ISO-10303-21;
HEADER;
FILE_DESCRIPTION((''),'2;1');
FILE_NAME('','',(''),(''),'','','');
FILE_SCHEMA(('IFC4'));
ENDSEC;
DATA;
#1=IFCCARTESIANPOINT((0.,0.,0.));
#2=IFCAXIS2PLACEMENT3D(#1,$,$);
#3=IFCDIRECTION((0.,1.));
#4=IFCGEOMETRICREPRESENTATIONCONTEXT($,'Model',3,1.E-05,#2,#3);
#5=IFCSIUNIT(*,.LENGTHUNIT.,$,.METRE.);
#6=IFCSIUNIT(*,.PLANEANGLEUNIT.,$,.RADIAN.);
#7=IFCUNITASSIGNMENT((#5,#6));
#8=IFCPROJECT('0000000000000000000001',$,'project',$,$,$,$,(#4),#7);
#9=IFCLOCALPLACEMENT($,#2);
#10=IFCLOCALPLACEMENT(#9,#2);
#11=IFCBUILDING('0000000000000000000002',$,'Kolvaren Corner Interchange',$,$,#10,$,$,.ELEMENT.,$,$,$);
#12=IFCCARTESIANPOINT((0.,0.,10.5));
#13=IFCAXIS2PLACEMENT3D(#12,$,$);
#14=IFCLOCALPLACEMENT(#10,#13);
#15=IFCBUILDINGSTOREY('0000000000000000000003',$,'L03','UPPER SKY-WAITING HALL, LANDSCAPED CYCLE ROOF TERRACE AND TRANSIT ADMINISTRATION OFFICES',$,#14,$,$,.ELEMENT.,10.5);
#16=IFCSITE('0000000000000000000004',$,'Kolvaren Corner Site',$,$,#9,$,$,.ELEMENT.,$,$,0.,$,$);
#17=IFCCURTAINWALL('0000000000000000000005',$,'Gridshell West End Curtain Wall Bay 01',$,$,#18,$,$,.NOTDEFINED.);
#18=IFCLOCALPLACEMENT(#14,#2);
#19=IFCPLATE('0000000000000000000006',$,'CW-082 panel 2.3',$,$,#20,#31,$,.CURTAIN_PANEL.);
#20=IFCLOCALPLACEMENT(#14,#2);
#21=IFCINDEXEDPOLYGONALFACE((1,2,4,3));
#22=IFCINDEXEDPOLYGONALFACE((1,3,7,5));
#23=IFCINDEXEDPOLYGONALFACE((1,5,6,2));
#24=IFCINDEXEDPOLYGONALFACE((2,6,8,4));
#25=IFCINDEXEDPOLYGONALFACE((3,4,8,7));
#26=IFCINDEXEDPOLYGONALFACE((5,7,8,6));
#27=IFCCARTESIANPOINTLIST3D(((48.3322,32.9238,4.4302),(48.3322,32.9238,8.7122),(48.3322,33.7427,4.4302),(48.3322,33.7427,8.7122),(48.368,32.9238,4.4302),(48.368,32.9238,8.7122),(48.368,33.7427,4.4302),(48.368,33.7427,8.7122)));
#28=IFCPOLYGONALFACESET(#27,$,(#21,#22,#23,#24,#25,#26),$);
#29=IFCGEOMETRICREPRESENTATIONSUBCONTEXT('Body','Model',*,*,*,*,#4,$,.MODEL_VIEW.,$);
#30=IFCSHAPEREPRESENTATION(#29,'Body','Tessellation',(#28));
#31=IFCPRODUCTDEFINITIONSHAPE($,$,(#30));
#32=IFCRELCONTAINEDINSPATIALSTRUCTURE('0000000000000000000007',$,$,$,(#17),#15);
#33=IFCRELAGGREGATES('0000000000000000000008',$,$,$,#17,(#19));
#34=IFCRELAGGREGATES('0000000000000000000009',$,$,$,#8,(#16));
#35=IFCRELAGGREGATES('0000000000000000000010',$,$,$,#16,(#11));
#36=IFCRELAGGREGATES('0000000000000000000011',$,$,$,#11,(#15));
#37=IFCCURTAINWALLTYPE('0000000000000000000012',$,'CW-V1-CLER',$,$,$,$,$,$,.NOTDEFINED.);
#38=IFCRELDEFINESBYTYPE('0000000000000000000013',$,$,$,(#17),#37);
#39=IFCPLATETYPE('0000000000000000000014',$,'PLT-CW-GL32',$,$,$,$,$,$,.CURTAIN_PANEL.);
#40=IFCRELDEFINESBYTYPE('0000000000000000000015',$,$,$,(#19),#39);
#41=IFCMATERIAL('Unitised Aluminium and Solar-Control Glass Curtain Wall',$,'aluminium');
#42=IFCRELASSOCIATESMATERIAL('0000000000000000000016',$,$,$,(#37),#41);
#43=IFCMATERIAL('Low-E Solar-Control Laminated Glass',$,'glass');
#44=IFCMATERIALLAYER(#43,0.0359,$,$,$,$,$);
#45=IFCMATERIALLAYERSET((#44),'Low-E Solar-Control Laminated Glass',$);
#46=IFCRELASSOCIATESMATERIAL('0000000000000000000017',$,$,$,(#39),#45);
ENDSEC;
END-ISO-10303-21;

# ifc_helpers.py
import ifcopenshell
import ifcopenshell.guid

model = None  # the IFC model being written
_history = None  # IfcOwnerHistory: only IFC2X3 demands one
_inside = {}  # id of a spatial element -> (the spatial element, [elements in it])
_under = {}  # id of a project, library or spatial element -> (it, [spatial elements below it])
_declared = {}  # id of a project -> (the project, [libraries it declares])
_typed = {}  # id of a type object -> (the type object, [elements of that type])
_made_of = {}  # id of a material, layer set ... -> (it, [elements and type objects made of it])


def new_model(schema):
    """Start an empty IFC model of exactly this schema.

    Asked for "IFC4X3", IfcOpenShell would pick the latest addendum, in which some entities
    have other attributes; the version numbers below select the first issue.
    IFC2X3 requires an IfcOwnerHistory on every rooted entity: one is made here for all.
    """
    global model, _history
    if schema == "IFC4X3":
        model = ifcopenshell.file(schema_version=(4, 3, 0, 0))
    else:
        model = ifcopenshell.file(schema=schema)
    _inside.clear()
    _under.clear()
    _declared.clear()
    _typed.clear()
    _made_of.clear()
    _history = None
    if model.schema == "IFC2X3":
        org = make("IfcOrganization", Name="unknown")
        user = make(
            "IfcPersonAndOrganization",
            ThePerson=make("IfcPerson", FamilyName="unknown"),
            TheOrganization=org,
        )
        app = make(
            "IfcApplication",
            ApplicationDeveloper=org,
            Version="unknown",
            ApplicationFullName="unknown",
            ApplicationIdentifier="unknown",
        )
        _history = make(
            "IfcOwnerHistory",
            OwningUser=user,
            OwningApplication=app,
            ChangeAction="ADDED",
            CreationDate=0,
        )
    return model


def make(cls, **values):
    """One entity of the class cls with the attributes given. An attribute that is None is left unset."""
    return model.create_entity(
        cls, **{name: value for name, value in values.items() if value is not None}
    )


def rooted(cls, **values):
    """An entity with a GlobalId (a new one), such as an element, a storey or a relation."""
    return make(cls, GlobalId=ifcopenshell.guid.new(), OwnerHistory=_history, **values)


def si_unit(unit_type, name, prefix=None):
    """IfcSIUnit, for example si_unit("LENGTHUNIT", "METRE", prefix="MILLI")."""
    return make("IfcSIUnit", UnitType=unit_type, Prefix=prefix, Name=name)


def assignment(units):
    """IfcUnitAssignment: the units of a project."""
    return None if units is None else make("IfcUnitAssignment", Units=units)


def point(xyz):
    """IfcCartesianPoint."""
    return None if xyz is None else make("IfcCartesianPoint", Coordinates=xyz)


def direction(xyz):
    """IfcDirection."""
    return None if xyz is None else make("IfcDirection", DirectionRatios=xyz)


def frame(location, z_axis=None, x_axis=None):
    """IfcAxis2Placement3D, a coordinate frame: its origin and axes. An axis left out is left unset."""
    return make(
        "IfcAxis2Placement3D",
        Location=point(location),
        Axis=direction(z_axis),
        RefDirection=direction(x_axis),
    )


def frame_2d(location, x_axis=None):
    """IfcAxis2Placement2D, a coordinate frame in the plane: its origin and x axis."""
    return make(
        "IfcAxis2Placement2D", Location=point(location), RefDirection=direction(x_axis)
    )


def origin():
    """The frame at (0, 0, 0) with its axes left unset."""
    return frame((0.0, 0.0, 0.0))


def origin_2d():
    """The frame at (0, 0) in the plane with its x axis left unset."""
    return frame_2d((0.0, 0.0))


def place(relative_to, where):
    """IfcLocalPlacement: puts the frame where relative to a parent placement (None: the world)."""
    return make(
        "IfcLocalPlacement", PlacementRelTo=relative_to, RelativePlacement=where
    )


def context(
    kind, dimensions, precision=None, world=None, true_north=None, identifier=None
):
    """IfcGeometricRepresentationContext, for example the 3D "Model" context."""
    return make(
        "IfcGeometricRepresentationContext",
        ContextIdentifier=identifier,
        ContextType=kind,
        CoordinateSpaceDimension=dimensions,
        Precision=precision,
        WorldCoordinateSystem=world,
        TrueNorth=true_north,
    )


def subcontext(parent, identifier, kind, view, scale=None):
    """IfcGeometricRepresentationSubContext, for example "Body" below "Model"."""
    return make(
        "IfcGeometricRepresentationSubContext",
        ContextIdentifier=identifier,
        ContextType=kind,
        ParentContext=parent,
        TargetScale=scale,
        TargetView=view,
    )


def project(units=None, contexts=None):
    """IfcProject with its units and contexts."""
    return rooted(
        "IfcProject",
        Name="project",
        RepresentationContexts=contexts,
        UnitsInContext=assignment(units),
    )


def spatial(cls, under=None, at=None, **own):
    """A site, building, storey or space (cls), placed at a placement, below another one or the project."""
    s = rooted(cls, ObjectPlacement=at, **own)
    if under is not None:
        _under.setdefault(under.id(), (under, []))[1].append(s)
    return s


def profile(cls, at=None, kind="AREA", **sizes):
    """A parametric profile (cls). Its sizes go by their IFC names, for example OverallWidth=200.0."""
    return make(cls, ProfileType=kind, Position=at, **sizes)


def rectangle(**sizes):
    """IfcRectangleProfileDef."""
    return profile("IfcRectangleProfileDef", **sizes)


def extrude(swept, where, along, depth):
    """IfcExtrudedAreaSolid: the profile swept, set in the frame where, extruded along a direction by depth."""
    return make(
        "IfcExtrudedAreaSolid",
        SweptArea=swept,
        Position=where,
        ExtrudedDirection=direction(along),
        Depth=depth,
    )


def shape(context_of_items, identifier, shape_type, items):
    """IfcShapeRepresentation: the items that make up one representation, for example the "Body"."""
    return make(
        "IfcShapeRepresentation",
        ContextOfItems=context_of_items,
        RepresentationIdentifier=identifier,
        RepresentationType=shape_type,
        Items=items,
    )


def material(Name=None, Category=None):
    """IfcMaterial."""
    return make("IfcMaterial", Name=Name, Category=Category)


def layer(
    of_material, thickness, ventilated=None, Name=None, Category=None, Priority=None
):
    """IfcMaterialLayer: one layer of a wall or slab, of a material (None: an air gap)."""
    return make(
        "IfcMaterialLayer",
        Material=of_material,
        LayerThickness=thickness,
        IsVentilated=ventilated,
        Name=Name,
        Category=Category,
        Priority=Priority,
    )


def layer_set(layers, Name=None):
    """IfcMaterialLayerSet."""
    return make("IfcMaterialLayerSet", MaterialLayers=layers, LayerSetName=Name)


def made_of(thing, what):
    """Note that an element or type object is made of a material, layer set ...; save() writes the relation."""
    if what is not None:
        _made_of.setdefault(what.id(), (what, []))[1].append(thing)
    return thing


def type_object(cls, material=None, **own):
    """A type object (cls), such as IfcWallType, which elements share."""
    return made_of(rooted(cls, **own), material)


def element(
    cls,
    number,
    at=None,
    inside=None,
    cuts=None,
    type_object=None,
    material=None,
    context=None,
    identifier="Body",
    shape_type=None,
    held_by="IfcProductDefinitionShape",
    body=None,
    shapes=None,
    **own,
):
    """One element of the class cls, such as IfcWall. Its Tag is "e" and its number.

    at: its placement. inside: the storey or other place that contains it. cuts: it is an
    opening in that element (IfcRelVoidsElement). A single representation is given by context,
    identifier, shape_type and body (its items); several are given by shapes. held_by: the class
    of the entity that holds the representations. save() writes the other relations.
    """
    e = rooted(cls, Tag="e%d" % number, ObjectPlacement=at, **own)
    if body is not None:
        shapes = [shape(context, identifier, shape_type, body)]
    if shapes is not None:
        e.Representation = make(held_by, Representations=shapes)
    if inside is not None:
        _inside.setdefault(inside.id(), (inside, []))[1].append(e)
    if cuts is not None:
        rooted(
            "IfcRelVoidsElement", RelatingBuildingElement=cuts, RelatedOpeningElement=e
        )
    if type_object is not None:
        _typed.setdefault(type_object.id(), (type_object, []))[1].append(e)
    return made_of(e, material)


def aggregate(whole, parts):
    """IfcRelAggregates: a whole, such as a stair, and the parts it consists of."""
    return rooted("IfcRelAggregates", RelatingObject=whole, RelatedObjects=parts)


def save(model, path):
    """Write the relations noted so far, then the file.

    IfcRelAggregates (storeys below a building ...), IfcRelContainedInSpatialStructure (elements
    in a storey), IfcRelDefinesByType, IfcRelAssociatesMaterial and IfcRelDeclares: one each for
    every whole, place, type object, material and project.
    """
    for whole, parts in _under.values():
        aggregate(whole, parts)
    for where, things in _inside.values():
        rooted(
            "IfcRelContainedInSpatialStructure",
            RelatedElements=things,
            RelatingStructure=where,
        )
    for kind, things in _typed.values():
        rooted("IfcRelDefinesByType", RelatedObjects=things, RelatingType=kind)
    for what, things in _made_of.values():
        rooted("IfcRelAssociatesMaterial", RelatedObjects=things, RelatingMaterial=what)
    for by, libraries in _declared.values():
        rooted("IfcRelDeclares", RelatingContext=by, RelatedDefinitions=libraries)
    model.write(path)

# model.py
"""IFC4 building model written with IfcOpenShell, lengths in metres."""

from ifc_helpers import new_model, si_unit, direction, frame, origin, origin_2d, place, context, subcontext, project, spatial, rectangle, extrude, material, layer, layer_set, type_object, element, aggregate, save


model = new_model("IFC4")

# Units and contexts
model_context = context("Model", 3, precision=1e-05, world=origin(), true_north=direction((0.0, 1.0)))
body_context = subcontext(model_context, "Body", "Model", "MODEL_VIEW")
ifc_project = project(units=[si_unit("LENGTHUNIT", "METRE"), si_unit("PLANEANGLEUNIT", "RADIAN")], contexts=[model_context])

# Site, building, storey
site_placement = place(None, origin())
site = spatial("IfcSite", under=ifc_project, at=site_placement, Name="Kolvaren Corner Site", CompositionType="ELEMENT", RefElevation=0.0)
building_placement = place(site_placement, origin())
building = spatial("IfcBuilding", under=site, at=building_placement, Name="Kolvaren Corner Interchange", CompositionType="ELEMENT")
storey_placement = place(building_placement, frame((0.0, 0.0, 10.5)))
storey = spatial("IfcBuildingStorey", under=building, at=storey_placement, Name="L03", Description="UPPER SKY-WAITING HALL, LANDSCAPED CYCLE ROOF TERRACE AND TRANSIT ADMINISTRATION OFFICES", CompositionType="ELEMENT", Elevation=10.5)

# Curtain wall, plate
ifc_material_1 = material(Name="Unitised Aluminium and Solar-Control Glass Curtain Wall", Category="aluminium")
curtain_wall_type = type_object("IfcCurtainWallType", Name="CW-V1-CLER", PredefinedType="NOTDEFINED", material=ifc_material_1)
curtain_wall_placement = place(storey_placement, origin())
curtain_wall = element("IfcCurtainWall", 1, at=curtain_wall_placement, inside=storey, type_object=curtain_wall_type, Name="Gridshell West End Curtain Wall Bay 01", PredefinedType="NOTDEFINED")
ifc_material_2 = material(Name="Low-E Solar-Control Laminated Glass", Category="glass")
ifc_layer = layer(ifc_material_2, 0.0359)
ifc_layer_set = layer_set([ifc_layer], Name="Low-E Solar-Control Laminated Glass")
plate_type = type_object("IfcPlateType", Name="PLT-CW-GL32", PredefinedType="CURTAIN_PANEL", material=ifc_layer_set)
plate_1_placement = place(storey_placement, frame((48.3501, 33.3333, 4.4302), z_axis=(0.0, 0.0, 1.0), x_axis=(0.0, 1.0, 0.0)))
plate_1 = element("IfcPlate", 2, at=plate_1_placement, type_object=plate_type, Name="CW-082 panel 2.3", PredefinedType="CURTAIN_PANEL", context=body_context, shape_type="SweptSolid", body=[
    extrude(rectangle(XDim=0.8188, YDim=0.0359, at=origin_2d()), origin(), (0.0, 0.0, 1.0), 4.282),
])
aggregate(curtain_wall, [plate_1])

save(model, "model.ifc")
